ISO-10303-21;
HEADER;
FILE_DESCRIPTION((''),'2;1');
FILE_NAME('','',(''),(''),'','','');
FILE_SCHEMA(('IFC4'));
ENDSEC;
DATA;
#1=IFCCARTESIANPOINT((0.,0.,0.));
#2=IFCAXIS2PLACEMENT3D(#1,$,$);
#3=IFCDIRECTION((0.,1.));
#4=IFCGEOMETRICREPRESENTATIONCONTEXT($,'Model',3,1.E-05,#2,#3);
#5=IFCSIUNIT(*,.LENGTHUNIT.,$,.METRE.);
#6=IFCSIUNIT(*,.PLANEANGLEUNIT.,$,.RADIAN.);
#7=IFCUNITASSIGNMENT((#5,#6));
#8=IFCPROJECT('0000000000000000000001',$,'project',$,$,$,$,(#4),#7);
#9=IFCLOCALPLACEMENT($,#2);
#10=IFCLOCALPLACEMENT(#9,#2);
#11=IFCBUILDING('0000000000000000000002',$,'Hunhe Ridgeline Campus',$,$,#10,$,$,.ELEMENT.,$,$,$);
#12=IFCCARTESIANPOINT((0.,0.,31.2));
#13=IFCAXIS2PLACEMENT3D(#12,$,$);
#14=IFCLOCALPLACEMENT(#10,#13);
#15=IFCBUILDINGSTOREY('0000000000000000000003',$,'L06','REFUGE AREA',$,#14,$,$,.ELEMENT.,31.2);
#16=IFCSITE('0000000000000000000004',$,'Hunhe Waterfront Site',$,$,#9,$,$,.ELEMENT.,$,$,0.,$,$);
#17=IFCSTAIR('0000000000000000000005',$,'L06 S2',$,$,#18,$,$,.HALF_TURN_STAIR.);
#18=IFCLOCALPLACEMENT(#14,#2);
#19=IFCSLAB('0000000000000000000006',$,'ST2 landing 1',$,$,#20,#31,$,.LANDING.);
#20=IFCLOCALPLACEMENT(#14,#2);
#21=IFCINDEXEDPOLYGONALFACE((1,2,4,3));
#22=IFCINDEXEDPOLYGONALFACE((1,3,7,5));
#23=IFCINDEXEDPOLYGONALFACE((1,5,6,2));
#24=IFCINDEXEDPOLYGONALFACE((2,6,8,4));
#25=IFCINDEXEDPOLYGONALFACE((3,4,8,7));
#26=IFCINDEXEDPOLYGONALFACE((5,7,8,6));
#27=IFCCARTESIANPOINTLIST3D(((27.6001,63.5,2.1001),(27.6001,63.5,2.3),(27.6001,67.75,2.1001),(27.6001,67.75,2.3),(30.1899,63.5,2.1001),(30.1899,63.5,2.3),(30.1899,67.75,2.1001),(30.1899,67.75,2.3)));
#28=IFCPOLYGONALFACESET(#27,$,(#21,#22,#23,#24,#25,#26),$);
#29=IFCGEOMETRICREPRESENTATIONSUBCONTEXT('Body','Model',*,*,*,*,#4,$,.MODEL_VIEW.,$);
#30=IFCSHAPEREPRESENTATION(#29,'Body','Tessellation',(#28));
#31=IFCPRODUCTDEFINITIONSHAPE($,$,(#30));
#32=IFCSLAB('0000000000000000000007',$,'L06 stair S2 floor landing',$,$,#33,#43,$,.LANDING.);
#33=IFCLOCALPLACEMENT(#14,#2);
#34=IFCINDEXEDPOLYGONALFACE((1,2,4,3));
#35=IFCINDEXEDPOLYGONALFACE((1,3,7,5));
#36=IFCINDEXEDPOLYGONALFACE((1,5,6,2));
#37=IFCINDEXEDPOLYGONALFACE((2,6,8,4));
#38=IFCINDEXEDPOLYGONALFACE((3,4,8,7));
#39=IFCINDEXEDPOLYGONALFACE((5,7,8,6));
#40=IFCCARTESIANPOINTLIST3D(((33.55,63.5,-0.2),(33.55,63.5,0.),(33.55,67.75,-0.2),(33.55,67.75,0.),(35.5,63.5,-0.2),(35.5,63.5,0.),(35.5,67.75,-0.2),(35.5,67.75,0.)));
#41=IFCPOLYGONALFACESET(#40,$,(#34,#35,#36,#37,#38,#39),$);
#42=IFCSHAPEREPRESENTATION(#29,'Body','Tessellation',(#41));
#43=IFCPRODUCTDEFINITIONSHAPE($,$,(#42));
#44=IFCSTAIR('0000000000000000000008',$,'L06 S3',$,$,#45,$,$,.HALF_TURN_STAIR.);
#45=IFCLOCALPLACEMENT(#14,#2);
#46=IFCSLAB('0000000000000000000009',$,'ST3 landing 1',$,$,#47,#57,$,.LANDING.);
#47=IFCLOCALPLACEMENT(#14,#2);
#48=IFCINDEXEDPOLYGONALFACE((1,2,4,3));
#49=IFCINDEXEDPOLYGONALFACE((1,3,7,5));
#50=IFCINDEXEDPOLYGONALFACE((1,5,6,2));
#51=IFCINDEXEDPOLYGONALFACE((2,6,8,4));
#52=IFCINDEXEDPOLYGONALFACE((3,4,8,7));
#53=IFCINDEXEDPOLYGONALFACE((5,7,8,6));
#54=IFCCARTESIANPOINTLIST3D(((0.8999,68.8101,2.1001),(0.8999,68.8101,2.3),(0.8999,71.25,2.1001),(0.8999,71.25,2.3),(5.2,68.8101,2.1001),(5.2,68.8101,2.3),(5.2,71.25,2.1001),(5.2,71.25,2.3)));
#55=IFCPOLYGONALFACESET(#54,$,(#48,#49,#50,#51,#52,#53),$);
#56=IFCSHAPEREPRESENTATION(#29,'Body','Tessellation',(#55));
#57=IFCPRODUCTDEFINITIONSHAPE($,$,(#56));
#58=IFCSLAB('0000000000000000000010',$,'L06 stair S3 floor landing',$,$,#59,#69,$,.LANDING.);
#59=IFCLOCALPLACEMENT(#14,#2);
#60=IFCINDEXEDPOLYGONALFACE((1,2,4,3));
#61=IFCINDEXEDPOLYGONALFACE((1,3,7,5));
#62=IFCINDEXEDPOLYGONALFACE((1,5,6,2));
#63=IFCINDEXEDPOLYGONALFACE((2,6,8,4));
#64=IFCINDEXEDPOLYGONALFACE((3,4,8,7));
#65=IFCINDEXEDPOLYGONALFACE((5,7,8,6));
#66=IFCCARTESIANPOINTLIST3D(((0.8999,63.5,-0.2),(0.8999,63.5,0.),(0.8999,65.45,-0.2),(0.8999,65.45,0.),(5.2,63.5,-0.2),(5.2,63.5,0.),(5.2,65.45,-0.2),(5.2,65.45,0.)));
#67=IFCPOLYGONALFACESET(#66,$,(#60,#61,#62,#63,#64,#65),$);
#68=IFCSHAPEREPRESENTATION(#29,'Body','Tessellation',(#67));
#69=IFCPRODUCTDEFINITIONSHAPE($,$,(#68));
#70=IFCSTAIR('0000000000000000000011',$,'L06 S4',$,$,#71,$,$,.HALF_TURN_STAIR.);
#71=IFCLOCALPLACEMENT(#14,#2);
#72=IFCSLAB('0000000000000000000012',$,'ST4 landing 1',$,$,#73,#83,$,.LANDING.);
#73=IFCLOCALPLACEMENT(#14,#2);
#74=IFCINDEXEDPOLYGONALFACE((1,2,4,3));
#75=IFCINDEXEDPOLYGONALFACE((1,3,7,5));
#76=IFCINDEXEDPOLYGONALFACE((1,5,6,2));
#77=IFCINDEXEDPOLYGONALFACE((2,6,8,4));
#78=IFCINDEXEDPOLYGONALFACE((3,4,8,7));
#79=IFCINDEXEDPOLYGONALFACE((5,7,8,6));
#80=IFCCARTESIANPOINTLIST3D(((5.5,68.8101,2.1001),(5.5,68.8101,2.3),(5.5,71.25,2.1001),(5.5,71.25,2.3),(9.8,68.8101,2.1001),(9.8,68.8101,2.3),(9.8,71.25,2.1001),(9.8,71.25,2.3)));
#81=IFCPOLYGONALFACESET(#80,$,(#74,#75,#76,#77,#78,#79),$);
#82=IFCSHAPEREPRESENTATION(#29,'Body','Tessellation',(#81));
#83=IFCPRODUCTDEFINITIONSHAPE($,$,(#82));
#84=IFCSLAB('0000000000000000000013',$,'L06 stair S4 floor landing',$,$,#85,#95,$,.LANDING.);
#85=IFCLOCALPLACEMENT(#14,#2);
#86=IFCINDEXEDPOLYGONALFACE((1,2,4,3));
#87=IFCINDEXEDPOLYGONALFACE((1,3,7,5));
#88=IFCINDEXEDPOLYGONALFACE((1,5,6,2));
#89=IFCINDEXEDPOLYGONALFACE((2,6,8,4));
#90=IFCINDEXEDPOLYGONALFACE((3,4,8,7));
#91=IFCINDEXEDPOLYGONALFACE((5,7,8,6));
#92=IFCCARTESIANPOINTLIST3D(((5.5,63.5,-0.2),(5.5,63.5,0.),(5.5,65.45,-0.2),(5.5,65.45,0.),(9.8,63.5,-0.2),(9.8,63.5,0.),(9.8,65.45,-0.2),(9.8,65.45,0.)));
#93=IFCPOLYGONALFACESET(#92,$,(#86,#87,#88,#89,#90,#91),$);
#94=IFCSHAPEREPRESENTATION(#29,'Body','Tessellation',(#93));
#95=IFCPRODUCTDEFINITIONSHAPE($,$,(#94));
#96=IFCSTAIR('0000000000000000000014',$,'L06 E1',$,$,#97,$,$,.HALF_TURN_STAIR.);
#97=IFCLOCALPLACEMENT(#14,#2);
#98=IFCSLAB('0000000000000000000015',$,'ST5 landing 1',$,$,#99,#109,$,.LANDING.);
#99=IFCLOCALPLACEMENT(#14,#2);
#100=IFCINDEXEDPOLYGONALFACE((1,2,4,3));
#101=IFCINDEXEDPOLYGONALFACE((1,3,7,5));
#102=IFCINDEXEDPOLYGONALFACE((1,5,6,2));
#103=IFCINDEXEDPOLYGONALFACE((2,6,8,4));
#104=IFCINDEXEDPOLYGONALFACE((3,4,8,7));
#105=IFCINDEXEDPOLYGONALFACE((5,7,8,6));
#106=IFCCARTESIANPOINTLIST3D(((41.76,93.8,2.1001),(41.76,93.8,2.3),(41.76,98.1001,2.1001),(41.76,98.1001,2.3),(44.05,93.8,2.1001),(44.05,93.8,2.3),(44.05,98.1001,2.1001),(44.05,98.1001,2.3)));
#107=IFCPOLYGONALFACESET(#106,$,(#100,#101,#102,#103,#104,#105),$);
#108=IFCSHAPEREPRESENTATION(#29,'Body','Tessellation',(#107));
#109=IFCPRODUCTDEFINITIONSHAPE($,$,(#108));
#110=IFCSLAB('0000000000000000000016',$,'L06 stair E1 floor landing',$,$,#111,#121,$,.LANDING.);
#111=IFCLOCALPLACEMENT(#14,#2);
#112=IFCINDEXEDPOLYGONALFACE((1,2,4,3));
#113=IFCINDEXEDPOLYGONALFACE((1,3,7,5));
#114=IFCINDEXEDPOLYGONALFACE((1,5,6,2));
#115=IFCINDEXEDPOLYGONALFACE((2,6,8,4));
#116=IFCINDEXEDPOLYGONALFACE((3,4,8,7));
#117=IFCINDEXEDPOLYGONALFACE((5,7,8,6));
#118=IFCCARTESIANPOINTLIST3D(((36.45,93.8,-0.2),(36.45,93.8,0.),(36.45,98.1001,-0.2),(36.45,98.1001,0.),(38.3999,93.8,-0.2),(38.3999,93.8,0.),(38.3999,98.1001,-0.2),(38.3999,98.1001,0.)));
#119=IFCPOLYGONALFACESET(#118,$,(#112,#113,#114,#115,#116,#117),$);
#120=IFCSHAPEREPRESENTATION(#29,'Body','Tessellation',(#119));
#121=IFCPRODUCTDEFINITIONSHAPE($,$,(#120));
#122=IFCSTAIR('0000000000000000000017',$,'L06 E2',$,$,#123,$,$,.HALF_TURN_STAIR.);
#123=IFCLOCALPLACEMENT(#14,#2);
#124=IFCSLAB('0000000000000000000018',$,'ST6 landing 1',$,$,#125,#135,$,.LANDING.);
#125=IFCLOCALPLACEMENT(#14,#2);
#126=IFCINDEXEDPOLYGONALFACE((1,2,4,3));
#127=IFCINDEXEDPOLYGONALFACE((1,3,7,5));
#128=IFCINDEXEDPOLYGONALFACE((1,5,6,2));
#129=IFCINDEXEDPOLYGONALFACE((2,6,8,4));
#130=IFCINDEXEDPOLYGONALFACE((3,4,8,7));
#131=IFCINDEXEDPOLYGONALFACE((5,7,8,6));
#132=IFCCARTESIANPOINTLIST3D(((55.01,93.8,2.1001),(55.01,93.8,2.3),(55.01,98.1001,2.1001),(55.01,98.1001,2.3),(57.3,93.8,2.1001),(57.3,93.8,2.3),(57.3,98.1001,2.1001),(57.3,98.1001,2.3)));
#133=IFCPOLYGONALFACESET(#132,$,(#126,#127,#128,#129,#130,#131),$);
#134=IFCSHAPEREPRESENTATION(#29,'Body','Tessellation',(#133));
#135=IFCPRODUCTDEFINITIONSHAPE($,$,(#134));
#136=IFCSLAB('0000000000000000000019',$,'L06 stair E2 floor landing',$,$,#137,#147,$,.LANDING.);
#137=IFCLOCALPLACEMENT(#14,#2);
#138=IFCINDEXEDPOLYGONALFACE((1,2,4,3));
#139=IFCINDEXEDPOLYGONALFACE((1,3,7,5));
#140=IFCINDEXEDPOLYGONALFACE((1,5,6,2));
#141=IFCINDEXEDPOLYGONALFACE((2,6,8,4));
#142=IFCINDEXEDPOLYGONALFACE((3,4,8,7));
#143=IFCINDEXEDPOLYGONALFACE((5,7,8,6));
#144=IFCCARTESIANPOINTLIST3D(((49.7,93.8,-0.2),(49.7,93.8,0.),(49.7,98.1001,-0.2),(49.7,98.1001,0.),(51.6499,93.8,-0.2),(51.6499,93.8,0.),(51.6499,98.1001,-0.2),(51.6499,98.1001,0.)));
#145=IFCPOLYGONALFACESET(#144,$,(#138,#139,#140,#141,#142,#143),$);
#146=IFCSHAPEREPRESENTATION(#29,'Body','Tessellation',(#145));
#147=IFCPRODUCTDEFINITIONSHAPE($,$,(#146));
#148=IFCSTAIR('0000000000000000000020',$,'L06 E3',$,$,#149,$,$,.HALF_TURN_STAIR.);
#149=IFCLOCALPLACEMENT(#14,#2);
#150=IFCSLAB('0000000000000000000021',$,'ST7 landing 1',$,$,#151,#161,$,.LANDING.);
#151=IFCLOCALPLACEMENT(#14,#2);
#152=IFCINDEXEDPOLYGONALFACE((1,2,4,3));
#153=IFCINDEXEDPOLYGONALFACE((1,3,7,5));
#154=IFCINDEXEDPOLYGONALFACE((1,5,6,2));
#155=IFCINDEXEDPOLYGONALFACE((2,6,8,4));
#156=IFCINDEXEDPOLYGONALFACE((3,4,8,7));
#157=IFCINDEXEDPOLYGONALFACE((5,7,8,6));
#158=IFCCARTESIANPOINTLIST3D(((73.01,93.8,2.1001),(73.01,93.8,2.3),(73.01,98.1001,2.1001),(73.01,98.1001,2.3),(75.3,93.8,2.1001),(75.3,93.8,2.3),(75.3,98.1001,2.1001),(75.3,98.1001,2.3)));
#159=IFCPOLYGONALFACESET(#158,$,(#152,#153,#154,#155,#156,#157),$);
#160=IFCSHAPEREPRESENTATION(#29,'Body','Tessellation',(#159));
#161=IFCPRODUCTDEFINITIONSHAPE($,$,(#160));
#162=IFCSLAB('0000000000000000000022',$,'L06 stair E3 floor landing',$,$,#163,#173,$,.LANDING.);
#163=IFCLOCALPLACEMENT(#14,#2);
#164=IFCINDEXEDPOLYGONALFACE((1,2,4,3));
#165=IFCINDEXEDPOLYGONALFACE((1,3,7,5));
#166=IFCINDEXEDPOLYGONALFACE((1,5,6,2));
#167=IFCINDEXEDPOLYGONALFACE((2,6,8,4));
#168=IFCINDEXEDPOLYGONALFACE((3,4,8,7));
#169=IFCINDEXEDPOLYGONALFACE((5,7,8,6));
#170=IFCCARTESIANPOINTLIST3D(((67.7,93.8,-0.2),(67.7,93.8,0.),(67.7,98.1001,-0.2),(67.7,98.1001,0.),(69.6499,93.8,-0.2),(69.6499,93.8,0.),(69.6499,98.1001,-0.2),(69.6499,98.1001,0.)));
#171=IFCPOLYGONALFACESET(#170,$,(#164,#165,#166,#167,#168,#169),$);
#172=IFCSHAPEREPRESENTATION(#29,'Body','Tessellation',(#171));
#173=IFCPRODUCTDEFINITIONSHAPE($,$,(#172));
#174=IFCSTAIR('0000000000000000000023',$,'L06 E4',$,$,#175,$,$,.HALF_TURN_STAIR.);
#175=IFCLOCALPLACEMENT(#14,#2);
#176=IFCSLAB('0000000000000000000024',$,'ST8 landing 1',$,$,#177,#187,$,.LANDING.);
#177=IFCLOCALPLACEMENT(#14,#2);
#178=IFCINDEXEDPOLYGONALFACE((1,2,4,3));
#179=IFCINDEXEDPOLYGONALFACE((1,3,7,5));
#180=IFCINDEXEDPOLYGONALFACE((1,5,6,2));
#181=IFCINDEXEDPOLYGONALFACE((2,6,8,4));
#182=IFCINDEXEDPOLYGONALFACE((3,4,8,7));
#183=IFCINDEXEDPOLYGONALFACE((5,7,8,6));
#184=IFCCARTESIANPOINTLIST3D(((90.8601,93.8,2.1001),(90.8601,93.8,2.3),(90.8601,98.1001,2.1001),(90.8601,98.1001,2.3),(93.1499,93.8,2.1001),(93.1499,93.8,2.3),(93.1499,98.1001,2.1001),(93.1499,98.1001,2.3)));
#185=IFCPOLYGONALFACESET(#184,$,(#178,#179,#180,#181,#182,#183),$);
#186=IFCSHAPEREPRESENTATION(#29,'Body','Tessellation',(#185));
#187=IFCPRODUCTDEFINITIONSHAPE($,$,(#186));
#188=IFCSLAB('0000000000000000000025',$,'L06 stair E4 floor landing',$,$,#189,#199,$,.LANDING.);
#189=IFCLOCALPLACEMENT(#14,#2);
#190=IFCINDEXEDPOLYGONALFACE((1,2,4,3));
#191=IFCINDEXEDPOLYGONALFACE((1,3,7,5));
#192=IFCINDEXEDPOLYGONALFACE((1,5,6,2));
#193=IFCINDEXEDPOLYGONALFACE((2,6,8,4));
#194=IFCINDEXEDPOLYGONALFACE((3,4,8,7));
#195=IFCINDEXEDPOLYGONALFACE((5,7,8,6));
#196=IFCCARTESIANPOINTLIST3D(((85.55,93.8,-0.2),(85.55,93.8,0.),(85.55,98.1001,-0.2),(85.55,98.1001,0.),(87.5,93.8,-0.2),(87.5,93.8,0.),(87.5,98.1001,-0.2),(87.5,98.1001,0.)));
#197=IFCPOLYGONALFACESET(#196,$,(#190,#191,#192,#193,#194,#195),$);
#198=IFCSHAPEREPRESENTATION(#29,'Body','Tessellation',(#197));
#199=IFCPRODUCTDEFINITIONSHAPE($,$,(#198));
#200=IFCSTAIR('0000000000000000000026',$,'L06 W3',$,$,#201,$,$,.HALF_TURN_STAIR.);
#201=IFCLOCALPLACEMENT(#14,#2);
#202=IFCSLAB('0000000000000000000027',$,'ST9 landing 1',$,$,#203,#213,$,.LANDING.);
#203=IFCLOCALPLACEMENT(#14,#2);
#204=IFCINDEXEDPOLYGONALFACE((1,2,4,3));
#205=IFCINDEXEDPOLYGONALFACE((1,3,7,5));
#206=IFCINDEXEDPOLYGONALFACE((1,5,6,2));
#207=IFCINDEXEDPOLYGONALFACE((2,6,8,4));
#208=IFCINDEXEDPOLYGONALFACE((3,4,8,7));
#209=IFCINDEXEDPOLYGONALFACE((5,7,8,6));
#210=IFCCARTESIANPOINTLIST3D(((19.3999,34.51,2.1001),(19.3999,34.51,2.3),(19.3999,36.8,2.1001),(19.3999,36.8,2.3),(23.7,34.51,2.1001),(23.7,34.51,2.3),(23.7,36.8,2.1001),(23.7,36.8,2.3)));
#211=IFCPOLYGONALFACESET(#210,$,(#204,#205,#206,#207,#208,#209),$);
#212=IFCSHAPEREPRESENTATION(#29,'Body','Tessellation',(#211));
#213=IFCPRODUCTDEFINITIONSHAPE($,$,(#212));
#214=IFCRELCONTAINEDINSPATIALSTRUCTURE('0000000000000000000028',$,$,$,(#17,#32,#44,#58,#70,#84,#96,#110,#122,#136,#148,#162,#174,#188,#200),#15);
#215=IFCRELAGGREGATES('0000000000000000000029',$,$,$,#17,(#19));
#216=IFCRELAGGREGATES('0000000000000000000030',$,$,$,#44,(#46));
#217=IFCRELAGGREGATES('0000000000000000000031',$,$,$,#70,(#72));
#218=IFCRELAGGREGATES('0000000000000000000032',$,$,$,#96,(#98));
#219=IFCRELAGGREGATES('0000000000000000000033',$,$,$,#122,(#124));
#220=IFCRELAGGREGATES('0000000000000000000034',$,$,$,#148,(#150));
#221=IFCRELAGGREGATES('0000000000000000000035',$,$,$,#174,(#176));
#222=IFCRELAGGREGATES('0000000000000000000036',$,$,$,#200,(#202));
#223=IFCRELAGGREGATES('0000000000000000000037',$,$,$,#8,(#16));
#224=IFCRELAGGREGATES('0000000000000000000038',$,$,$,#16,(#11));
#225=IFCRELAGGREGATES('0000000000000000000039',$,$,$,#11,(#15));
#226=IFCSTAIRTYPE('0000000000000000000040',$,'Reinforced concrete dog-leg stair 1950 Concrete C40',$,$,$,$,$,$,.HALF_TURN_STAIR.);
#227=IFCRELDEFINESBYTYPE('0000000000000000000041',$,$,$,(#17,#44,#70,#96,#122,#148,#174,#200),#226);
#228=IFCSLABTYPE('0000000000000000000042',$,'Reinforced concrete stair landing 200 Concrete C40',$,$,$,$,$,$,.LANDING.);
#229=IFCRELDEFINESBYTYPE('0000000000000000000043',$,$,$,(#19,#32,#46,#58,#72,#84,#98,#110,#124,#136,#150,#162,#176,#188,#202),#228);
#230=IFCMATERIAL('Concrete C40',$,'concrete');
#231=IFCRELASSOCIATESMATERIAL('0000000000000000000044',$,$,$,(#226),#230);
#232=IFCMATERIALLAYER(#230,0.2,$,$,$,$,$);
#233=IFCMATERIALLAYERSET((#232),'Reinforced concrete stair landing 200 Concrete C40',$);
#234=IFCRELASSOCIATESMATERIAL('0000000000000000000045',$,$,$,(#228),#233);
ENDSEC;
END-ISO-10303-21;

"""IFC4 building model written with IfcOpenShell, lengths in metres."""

from ifc_helpers import new_model, si_unit, direction, frame, origin, place, context, subcontext, project, spatial, polyline, outline, extrude, material, layer, layer_set, type_object, element, aggregate, save


model = new_model("IFC4")

# Units and contexts
model_context = context("Model", 3, precision=1e-05, world=origin(), true_north=direction((0.0, 1.0)))
body_context = subcontext(model_context, "Body", "Model", "MODEL_VIEW")
ifc_project = project(units=[si_unit("LENGTHUNIT", "METRE"), si_unit("PLANEANGLEUNIT", "RADIAN")], contexts=[model_context])

# Site, building, storey
site_placement = place(None, origin())
site = spatial("IfcSite", under=ifc_project, at=site_placement, Name="Hunhe Waterfront Site", CompositionType="ELEMENT", RefElevation=0.0)
building_placement = place(site_placement, origin())
building = spatial("IfcBuilding", under=site, at=building_placement, Name="Hunhe Ridgeline Campus", CompositionType="ELEMENT")
storey_placement = place(building_placement, frame((0.0, 0.0, 31.2)))
storey = spatial("IfcBuildingStorey", under=building, at=storey_placement, Name="L06", Description="REFUGE AREA", CompositionType="ELEMENT", Elevation=31.2)

# Shared definitions
ifc_material_1 = material(Name="Concrete C40", Category="concrete")

# Shared definitions
stair_type = type_object("IfcStairType", Name="Reinforced concrete dog-leg stair 1950 Concrete C40", PredefinedType="HALF_TURN_STAIR", material=ifc_material_1)
ifc_layer_1 = layer(ifc_material_1, 0.2)
ifc_layer_set_1 = layer_set([ifc_layer_1], Name="Reinforced concrete stair landing 200 Concrete C40")
slab_type_1 = type_object("IfcSlabType", Name="Reinforced concrete stair landing 200 Concrete C40", PredefinedType="LANDING", material=ifc_layer_set_1)

# Stair, slab
stair_1_placement = place(storey_placement, origin())
stair_1 = element("IfcStair", 1, at=stair_1_placement, inside=storey, type_object=stair_type, Name="L06 S2", PredefinedType="HALF_TURN_STAIR")
slab_1_placement = place(storey_placement, frame((0.0, 0.0, 2.1001)))
slab_1 = element("IfcSlab", 2, at=slab_1_placement, type_object=slab_type_1, Name="ST2 landing 1", PredefinedType="LANDING", context=body_context, shape_type="SweptSolid", body=[
    extrude(outline(polyline([(30.1899, 67.75), (27.6001, 67.75), (27.6001, 63.5), (30.1899, 63.5), (30.1899, 67.75)])), origin(), (0.0, 0.0, 1.0), 0.2),
])
aggregate(stair_1, [slab_1])

# Slab
slab_2_placement = place(storey_placement, frame((0.0, 0.0, -0.2)))
element("IfcSlab", 3, at=slab_2_placement, inside=storey, type_object=slab_type_1, Name="L06 stair S2 floor landing", PredefinedType="LANDING", context=body_context, shape_type="SweptSolid", body=[
    extrude(outline(polyline([(35.5, 67.75), (33.55, 67.75), (33.55, 63.5), (35.5, 63.5), (35.5, 67.75)])), origin(), (0.0, 0.0, 1.0), 0.2),
])

# Stair, slab
stair_2_placement = place(storey_placement, origin())
stair_2 = element("IfcStair", 4, at=stair_2_placement, inside=storey, type_object=stair_type, Name="L06 S3", PredefinedType="HALF_TURN_STAIR")
slab_3_placement = place(storey_placement, frame((0.0, 0.0, 2.1001)))
slab_3 = element("IfcSlab", 5, at=slab_3_placement, type_object=slab_type_1, Name="ST3 landing 1", PredefinedType="LANDING", context=body_context, shape_type="SweptSolid", body=[
    extrude(outline(polyline([(5.2, 68.8101), (5.2, 71.25), (0.8999, 71.25), (0.8999, 68.8101), (5.2, 68.8101)])), origin(), (0.0, 0.0, 1.0), 0.2),
])
aggregate(stair_2, [slab_3])

# Slab
slab_4_placement = place(storey_placement, frame((0.0, 0.0, -0.2)))
element("IfcSlab", 6, at=slab_4_placement, inside=storey, type_object=slab_type_1, Name="L06 stair S3 floor landing", PredefinedType="LANDING", context=body_context, shape_type="SweptSolid", body=[
    extrude(outline(polyline([(5.2, 63.5), (5.2, 65.45), (0.8999, 65.45), (0.8999, 63.5), (5.2, 63.5)])), origin(), (0.0, 0.0, 1.0), 0.2),
])

# Stair, slab
stair_3_placement = place(storey_placement, origin())
stair_3 = element("IfcStair", 7, at=stair_3_placement, inside=storey, type_object=stair_type, Name="L06 S4", PredefinedType="HALF_TURN_STAIR")
slab_5_placement = place(storey_placement, frame((0.0, 0.0, 2.1001)))
slab_5 = element("IfcSlab", 8, at=slab_5_placement, type_object=slab_type_1, Name="ST4 landing 1", PredefinedType="LANDING", context=body_context, shape_type="SweptSolid", body=[
    extrude(outline(polyline([(9.8, 68.8101), (9.8, 71.25), (5.5, 71.25), (5.5, 68.8101), (9.8, 68.8101)])), origin(), (0.0, 0.0, 1.0), 0.2),
])
aggregate(stair_3, [slab_5])

# Slab
slab_6_placement = place(storey_placement, frame((0.0, 0.0, -0.2)))
element("IfcSlab", 9, at=slab_6_placement, inside=storey, type_object=slab_type_1, Name="L06 stair S4 floor landing", PredefinedType="LANDING", context=body_context, shape_type="SweptSolid", body=[
    extrude(outline(polyline([(9.8, 63.5), (9.8, 65.45), (5.5, 65.45), (5.5, 63.5), (9.8, 63.5)])), origin(), (0.0, 0.0, 1.0), 0.2),
])

# Stair, slab
stair_4_placement = place(storey_placement, origin())
stair_4 = element("IfcStair", 10, at=stair_4_placement, inside=storey, type_object=stair_type, Name="L06 E1", PredefinedType="HALF_TURN_STAIR")
slab_7_placement = place(storey_placement, frame((0.0, 0.0, 2.1001)))
slab_7 = element("IfcSlab", 11, at=slab_7_placement, type_object=slab_type_1, Name="ST5 landing 1", PredefinedType="LANDING", context=body_context, shape_type="SweptSolid", body=[
    extrude(outline(polyline([(41.76, 93.8), (44.05, 93.8), (44.05, 98.1001), (41.76, 98.1001), (41.76, 93.8)])), origin(), (0.0, 0.0, 1.0), 0.2),
])
aggregate(stair_4, [slab_7])

# Slab
slab_8_placement = place(storey_placement, frame((0.0, 0.0, -0.2)))
element("IfcSlab", 12, at=slab_8_placement, inside=storey, type_object=slab_type_1, Name="L06 stair E1 floor landing", PredefinedType="LANDING", context=body_context, shape_type="SweptSolid", body=[
    extrude(outline(polyline([(36.45, 93.8), (38.3999, 93.8), (38.3999, 98.1001), (36.45, 98.1001), (36.45, 93.8)])), origin(), (0.0, 0.0, 1.0), 0.2),
])

# Stair, slab
stair_5_placement = place(storey_placement, origin())
stair_5 = element("IfcStair", 13, at=stair_5_placement, inside=storey, type_object=stair_type, Name="L06 E2", PredefinedType="HALF_TURN_STAIR")
slab_9_placement = place(storey_placement, frame((0.0, 0.0, 2.1001)))
slab_9 = element("IfcSlab", 14, at=slab_9_placement, type_object=slab_type_1, Name="ST6 landing 1", PredefinedType="LANDING", context=body_context, shape_type="SweptSolid", body=[
    extrude(outline(polyline([(55.01, 93.8), (57.3, 93.8), (57.3, 98.1001), (55.01, 98.1001), (55.01, 93.8)])), origin(), (0.0, 0.0, 1.0), 0.2),
])
aggregate(stair_5, [slab_9])

# Slab
slab_10_placement = place(storey_placement, frame((0.0, 0.0, -0.2)))
element("IfcSlab", 15, at=slab_10_placement, inside=storey, type_object=slab_type_1, Name="L06 stair E2 floor landing", PredefinedType="LANDING", context=body_context, shape_type="SweptSolid", body=[
    extrude(outline(polyline([(49.7, 93.8), (51.6499, 93.8), (51.6499, 98.1001), (49.7, 98.1001), (49.7, 93.8)])), origin(), (0.0, 0.0, 1.0), 0.2),
])

# Stair, slab
stair_6_placement = place(storey_placement, origin())
stair_6 = element("IfcStair", 16, at=stair_6_placement, inside=storey, type_object=stair_type, Name="L06 E3", PredefinedType="HALF_TURN_STAIR")
slab_11_placement = place(storey_placement, frame((0.0, 0.0, 2.1001)))
slab_11 = element("IfcSlab", 17, at=slab_11_placement, type_object=slab_type_1, Name="ST7 landing 1", PredefinedType="LANDING", context=body_context, shape_type="SweptSolid", body=[
    extrude(outline(polyline([(73.01, 93.8), (75.3, 93.8), (75.3, 98.1001), (73.01, 98.1001), (73.01, 93.8)])), origin(), (0.0, 0.0, 1.0), 0.2),
])
aggregate(stair_6, [slab_11])

# Slab
slab_12_placement = place(storey_placement, frame((0.0, 0.0, -0.2)))
element("IfcSlab", 18, at=slab_12_placement, inside=storey, type_object=slab_type_1, Name="L06 stair E3 floor landing", PredefinedType="LANDING", context=body_context, shape_type="SweptSolid", body=[
    extrude(outline(polyline([(67.7, 93.8), (69.6499, 93.8), (69.6499, 98.1001), (67.7, 98.1001), (67.7, 93.8)])), origin(), (0.0, 0.0, 1.0), 0.2),
])

# Stair, slab
stair_7_placement = place(storey_placement, origin())
stair_7 = element("IfcStair", 19, at=stair_7_placement, inside=storey, type_object=stair_type, Name="L06 E4", PredefinedType="HALF_TURN_STAIR")
slab_13_placement = place(storey_placement, frame((0.0, 0.0, 2.1001)))
slab_13 = element("IfcSlab", 20, at=slab_13_placement, type_object=slab_type_1, Name="ST8 landing 1", PredefinedType="LANDING", context=body_context, shape_type="SweptSolid", body=[
    extrude(outline(polyline([(90.8601, 93.8), (93.1499, 93.8), (93.1499, 98.1001), (90.8601, 98.1001), (90.8601, 93.8)])), origin(), (0.0, 0.0, 1.0), 0.2),
])
aggregate(stair_7, [slab_13])

# Slab
slab_14_placement = place(storey_placement, frame((0.0, 0.0, -0.2)))
element("IfcSlab", 21, at=slab_14_placement, inside=storey, type_object=slab_type_1, Name="L06 stair E4 floor landing", PredefinedType="LANDING", context=body_context, shape_type="SweptSolid", body=[
    extrude(outline(polyline([(85.55, 93.8), (87.5, 93.8), (87.5, 98.1001), (85.55, 98.1001), (85.55, 93.8)])), origin(), (0.0, 0.0, 1.0), 0.2),
])

# Stair, slab
stair_8_placement = place(storey_placement, origin())
stair_8 = element("IfcStair", 22, at=stair_8_placement, inside=storey, type_object=stair_type, Name="L06 W3", PredefinedType="HALF_TURN_STAIR")
slab_15_placement = place(storey_placement, frame((0.0, 0.0, 2.1001)))
slab_15 = element("IfcSlab", 23, at=slab_15_placement, type_object=slab_type_1, Name="ST9 landing 1", PredefinedType="LANDING", context=body_context, shape_type="SweptSolid", body=[
    extrude(outline(polyline([(23.7, 34.51), (23.7, 36.8), (19.3999, 36.8), (19.3999, 34.51), (23.7, 34.51)])), origin(), (0.0, 0.0, 1.0), 0.2),
])
aggregate(stair_8, [slab_15])

save(model, "model.ifc")
